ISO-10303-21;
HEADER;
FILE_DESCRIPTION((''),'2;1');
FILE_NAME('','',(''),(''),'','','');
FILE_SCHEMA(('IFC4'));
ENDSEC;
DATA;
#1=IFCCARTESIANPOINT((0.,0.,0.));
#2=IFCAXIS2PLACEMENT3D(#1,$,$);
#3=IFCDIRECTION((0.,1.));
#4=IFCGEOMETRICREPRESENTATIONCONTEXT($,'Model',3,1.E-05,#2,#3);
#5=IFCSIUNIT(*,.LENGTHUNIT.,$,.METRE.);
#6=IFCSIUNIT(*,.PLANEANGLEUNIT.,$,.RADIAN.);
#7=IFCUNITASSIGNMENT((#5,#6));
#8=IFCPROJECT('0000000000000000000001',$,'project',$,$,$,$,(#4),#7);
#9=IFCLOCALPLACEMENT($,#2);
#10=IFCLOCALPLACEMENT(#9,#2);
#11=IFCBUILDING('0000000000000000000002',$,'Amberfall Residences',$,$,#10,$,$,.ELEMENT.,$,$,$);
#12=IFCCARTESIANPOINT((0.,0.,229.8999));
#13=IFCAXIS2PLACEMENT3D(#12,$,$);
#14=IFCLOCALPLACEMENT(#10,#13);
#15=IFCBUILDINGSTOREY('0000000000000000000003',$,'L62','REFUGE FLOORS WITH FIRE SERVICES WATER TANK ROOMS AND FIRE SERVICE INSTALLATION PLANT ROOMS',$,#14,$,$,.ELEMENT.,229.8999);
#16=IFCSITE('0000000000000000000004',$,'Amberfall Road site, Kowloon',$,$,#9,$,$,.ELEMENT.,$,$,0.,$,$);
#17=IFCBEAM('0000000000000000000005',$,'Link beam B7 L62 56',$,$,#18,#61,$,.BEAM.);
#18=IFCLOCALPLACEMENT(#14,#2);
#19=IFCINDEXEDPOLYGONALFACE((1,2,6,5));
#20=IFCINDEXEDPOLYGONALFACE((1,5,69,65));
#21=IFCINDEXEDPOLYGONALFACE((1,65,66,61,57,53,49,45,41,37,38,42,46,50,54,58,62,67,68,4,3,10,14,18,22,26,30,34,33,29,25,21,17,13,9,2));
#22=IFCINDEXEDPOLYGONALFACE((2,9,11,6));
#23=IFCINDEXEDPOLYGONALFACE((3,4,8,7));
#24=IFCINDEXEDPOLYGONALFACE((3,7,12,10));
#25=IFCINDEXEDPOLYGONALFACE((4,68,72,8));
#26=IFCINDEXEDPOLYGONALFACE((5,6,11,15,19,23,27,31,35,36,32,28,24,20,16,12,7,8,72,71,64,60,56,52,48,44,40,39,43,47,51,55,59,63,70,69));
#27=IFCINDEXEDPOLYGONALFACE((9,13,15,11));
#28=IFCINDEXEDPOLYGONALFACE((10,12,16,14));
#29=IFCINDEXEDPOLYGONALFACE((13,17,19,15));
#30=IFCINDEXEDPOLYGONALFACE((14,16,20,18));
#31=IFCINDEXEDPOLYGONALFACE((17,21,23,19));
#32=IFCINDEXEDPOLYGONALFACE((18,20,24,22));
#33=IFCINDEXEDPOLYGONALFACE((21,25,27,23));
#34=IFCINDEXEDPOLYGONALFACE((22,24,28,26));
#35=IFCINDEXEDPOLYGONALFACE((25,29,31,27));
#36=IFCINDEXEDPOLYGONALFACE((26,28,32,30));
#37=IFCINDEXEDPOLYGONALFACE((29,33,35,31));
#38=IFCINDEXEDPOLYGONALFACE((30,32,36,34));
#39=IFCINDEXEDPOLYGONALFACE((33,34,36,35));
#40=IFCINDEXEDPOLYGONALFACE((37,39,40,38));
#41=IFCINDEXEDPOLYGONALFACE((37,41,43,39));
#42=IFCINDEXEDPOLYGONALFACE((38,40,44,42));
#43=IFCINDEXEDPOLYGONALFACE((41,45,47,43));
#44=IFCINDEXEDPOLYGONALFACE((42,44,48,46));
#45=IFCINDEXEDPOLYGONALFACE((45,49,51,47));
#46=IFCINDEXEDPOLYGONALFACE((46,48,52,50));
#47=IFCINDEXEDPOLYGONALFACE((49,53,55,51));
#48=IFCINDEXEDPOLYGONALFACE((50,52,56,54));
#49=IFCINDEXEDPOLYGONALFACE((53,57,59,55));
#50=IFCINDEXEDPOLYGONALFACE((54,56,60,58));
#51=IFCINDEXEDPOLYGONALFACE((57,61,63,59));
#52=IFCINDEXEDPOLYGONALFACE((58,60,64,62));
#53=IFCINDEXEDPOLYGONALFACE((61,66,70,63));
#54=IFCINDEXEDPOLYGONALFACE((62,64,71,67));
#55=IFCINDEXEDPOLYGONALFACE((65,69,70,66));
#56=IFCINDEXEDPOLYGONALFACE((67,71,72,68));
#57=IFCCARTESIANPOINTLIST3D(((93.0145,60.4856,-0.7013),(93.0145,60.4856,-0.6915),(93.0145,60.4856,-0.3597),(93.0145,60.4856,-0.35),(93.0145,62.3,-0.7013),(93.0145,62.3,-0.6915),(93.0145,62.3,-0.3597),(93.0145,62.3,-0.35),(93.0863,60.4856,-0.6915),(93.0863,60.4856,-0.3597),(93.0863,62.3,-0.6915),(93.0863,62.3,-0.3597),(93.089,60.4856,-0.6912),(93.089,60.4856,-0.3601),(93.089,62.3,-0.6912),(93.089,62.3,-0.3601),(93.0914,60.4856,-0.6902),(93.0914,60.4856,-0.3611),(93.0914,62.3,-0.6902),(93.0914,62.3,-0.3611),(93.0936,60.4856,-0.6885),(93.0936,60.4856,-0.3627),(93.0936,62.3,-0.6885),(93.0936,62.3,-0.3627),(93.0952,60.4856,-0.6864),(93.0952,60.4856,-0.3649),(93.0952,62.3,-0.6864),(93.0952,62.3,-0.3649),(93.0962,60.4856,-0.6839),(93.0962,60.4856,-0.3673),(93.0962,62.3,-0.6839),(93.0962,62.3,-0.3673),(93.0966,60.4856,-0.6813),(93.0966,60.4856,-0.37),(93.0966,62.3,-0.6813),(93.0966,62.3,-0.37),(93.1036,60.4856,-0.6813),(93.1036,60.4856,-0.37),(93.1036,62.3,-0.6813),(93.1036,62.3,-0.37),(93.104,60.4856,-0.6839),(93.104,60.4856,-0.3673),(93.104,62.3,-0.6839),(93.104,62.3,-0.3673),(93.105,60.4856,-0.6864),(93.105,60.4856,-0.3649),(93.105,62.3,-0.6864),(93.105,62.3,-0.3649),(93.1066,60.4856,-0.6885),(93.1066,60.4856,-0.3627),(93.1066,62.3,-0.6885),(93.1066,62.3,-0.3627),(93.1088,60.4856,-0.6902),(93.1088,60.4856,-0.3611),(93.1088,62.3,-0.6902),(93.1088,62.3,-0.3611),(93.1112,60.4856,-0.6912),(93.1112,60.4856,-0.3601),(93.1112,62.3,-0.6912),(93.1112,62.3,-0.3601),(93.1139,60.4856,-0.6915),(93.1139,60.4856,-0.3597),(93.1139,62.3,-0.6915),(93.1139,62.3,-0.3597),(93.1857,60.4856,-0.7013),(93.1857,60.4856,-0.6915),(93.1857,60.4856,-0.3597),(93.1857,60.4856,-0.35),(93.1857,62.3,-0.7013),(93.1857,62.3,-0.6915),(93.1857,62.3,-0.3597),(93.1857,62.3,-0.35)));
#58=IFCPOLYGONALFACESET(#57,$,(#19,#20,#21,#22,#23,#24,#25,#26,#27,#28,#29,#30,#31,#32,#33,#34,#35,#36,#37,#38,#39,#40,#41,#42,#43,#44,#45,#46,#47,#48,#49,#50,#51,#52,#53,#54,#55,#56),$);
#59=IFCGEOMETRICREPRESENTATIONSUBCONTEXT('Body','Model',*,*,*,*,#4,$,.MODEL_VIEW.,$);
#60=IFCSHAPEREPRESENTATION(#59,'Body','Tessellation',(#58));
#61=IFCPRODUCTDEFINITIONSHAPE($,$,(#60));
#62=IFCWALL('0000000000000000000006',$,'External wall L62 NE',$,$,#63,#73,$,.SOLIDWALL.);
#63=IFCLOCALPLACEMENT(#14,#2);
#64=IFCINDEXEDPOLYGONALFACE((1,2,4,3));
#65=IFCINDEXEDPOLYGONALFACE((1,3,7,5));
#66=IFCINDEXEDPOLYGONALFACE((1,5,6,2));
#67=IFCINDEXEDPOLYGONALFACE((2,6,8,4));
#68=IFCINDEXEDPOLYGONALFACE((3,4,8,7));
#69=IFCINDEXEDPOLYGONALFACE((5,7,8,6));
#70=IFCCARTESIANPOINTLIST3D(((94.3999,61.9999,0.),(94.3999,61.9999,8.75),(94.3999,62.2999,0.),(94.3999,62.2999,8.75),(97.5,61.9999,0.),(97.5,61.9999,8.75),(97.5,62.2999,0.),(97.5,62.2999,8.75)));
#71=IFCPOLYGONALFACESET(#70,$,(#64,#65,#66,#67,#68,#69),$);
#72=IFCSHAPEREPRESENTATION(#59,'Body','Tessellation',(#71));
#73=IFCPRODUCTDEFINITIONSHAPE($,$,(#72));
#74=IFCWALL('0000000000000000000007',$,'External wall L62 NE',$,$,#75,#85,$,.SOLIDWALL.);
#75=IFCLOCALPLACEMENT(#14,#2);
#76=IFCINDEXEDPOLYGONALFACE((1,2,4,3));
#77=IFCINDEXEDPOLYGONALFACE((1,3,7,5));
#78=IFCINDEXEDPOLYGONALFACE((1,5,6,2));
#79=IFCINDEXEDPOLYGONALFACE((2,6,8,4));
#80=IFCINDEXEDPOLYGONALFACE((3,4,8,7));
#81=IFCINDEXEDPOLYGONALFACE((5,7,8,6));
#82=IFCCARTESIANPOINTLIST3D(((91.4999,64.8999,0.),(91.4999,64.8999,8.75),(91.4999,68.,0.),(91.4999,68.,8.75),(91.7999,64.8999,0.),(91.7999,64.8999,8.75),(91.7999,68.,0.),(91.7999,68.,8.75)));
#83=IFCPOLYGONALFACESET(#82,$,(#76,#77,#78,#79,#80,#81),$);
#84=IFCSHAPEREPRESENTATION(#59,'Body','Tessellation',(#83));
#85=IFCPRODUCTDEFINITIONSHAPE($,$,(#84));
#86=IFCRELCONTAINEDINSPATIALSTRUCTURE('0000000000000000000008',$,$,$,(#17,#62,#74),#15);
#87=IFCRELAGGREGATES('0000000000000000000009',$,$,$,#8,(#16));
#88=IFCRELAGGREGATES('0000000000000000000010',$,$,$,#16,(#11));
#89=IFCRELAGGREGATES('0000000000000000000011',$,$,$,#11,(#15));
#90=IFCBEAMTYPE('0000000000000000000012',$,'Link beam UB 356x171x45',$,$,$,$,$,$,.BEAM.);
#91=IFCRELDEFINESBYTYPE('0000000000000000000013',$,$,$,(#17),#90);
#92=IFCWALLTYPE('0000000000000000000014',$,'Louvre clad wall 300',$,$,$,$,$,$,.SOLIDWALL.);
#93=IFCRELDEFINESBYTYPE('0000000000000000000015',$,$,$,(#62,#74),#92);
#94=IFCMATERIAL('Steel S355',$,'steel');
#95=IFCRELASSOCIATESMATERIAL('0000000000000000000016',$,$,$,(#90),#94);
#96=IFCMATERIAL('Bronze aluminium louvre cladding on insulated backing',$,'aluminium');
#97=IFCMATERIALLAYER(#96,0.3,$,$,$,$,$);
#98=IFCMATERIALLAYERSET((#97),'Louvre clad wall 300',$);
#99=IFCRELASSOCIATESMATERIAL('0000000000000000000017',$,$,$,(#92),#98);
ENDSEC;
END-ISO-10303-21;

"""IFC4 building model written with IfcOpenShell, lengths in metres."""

from ifc_helpers import new_model, si_unit, direction, frame, frame_2d, origin, origin_2d, place, context, subcontext, project, spatial, rectangle, i_section, extrude, material, layer, layer_set, material_profile, profile_set, type_object, element, save


model = new_model("IFC4")

# Units and contexts
model_context = context("Model", 3, precision=1e-05, world=origin(), true_north=direction((0.0, 1.0)))
body_context = subcontext(model_context, "Body", "Model", "MODEL_VIEW")
ifc_project = project(units=[si_unit("LENGTHUNIT", "METRE"), si_unit("PLANEANGLEUNIT", "RADIAN")], contexts=[model_context])

# Site, building, storey
site_placement = place(None, origin())
site = spatial("IfcSite", under=ifc_project, at=site_placement, Name="Amberfall Road site, Kowloon", CompositionType="ELEMENT", RefElevation=0.0)
building_placement = place(site_placement, origin())
building = spatial("IfcBuilding", under=site, at=building_placement, Name="Amberfall Residences", CompositionType="ELEMENT")
storey_placement = place(building_placement, frame((0.0, 0.0, 229.8999)))
storey = spatial("IfcBuildingStorey", under=building, at=storey_placement, Name="L62", Description="REFUGE FLOORS WITH FIRE SERVICES WATER TANK ROOMS AND FIRE SERVICE INSTALLATION PLANT ROOMS", CompositionType="ELEMENT", Elevation=229.8999)

# Shared definitions
ifc_material_1 = material(Name="Steel S355", Category="steel")

# Beam
ifc_material_profile_1 = material_profile(ifc_material_1, i_section(OverallWidth=0.1711, OverallDepth=0.3513, WebThickness=0.0071, FlangeThickness=0.0098, FilletRadius=0.0103, at=origin_2d()), Name="UB 356x171x45")
ifc_profile_set_1 = profile_set([ifc_material_profile_1], Name="Steel S355")
beam_type_1 = type_object("IfcBeamType", Name="Link beam UB 356x171x45", PredefinedType="BEAM", material=ifc_profile_set_1)
beam_1_placement = place(storey_placement, frame((93.1001, 62.3, -0.5256), z_axis=(0.0, -1.0, 0.0), x_axis=(1.0, 0.0, 0.0)))
element("IfcBeam", 1, at=beam_1_placement, inside=storey, type_object=beam_type_1, Name="Link beam B7 L62 56", PredefinedType="BEAM", context=body_context, shape_type="SweptSolid", body=[
    extrude(i_section(OverallWidth=0.1711, OverallDepth=0.3513, WebThickness=0.0071, FlangeThickness=0.0098, FilletRadius=0.0103, at=origin_2d()), origin(), (0.0, 0.0, 1.0), 1.8145),
])

# Walls
ifc_material_2 = material(Name="Bronze aluminium louvre cladding on insulated backing", Category="aluminium")
ifc_layer = layer(ifc_material_2, 0.3)
ifc_layer_set = layer_set([ifc_layer], Name="Louvre clad wall 300")
wall_type = type_object("IfcWallType", Name="Louvre clad wall 300", PredefinedType="SOLIDWALL", material=ifc_layer_set)
for number, where, z_axis, x_axis, name in (
    (2, (97.5, 62.1499, 0.0), (0.0, 0.0, 1.0), (-1.0, 0.0, 0.0), "External wall L62 NE"),
    (3, (91.6499, 64.8999, 0.0), (0.0, 0.0, 1.0), (0.0, 1.0, 0.0), "External wall L62 NE"),
):
    element("IfcWall", number, at=place(storey_placement, frame(where, z_axis=z_axis, x_axis=x_axis)), inside=storey, type_object=wall_type, Name=name, PredefinedType="SOLIDWALL", context=body_context, shape_type="SweptSolid", body=[
        extrude(rectangle(XDim=3.1001, YDim=0.3, at=frame_2d((1.55, 0.0))), origin(), (0.0, 0.0, 1.0), 8.75),
    ])

save(model, "model.ifc")
